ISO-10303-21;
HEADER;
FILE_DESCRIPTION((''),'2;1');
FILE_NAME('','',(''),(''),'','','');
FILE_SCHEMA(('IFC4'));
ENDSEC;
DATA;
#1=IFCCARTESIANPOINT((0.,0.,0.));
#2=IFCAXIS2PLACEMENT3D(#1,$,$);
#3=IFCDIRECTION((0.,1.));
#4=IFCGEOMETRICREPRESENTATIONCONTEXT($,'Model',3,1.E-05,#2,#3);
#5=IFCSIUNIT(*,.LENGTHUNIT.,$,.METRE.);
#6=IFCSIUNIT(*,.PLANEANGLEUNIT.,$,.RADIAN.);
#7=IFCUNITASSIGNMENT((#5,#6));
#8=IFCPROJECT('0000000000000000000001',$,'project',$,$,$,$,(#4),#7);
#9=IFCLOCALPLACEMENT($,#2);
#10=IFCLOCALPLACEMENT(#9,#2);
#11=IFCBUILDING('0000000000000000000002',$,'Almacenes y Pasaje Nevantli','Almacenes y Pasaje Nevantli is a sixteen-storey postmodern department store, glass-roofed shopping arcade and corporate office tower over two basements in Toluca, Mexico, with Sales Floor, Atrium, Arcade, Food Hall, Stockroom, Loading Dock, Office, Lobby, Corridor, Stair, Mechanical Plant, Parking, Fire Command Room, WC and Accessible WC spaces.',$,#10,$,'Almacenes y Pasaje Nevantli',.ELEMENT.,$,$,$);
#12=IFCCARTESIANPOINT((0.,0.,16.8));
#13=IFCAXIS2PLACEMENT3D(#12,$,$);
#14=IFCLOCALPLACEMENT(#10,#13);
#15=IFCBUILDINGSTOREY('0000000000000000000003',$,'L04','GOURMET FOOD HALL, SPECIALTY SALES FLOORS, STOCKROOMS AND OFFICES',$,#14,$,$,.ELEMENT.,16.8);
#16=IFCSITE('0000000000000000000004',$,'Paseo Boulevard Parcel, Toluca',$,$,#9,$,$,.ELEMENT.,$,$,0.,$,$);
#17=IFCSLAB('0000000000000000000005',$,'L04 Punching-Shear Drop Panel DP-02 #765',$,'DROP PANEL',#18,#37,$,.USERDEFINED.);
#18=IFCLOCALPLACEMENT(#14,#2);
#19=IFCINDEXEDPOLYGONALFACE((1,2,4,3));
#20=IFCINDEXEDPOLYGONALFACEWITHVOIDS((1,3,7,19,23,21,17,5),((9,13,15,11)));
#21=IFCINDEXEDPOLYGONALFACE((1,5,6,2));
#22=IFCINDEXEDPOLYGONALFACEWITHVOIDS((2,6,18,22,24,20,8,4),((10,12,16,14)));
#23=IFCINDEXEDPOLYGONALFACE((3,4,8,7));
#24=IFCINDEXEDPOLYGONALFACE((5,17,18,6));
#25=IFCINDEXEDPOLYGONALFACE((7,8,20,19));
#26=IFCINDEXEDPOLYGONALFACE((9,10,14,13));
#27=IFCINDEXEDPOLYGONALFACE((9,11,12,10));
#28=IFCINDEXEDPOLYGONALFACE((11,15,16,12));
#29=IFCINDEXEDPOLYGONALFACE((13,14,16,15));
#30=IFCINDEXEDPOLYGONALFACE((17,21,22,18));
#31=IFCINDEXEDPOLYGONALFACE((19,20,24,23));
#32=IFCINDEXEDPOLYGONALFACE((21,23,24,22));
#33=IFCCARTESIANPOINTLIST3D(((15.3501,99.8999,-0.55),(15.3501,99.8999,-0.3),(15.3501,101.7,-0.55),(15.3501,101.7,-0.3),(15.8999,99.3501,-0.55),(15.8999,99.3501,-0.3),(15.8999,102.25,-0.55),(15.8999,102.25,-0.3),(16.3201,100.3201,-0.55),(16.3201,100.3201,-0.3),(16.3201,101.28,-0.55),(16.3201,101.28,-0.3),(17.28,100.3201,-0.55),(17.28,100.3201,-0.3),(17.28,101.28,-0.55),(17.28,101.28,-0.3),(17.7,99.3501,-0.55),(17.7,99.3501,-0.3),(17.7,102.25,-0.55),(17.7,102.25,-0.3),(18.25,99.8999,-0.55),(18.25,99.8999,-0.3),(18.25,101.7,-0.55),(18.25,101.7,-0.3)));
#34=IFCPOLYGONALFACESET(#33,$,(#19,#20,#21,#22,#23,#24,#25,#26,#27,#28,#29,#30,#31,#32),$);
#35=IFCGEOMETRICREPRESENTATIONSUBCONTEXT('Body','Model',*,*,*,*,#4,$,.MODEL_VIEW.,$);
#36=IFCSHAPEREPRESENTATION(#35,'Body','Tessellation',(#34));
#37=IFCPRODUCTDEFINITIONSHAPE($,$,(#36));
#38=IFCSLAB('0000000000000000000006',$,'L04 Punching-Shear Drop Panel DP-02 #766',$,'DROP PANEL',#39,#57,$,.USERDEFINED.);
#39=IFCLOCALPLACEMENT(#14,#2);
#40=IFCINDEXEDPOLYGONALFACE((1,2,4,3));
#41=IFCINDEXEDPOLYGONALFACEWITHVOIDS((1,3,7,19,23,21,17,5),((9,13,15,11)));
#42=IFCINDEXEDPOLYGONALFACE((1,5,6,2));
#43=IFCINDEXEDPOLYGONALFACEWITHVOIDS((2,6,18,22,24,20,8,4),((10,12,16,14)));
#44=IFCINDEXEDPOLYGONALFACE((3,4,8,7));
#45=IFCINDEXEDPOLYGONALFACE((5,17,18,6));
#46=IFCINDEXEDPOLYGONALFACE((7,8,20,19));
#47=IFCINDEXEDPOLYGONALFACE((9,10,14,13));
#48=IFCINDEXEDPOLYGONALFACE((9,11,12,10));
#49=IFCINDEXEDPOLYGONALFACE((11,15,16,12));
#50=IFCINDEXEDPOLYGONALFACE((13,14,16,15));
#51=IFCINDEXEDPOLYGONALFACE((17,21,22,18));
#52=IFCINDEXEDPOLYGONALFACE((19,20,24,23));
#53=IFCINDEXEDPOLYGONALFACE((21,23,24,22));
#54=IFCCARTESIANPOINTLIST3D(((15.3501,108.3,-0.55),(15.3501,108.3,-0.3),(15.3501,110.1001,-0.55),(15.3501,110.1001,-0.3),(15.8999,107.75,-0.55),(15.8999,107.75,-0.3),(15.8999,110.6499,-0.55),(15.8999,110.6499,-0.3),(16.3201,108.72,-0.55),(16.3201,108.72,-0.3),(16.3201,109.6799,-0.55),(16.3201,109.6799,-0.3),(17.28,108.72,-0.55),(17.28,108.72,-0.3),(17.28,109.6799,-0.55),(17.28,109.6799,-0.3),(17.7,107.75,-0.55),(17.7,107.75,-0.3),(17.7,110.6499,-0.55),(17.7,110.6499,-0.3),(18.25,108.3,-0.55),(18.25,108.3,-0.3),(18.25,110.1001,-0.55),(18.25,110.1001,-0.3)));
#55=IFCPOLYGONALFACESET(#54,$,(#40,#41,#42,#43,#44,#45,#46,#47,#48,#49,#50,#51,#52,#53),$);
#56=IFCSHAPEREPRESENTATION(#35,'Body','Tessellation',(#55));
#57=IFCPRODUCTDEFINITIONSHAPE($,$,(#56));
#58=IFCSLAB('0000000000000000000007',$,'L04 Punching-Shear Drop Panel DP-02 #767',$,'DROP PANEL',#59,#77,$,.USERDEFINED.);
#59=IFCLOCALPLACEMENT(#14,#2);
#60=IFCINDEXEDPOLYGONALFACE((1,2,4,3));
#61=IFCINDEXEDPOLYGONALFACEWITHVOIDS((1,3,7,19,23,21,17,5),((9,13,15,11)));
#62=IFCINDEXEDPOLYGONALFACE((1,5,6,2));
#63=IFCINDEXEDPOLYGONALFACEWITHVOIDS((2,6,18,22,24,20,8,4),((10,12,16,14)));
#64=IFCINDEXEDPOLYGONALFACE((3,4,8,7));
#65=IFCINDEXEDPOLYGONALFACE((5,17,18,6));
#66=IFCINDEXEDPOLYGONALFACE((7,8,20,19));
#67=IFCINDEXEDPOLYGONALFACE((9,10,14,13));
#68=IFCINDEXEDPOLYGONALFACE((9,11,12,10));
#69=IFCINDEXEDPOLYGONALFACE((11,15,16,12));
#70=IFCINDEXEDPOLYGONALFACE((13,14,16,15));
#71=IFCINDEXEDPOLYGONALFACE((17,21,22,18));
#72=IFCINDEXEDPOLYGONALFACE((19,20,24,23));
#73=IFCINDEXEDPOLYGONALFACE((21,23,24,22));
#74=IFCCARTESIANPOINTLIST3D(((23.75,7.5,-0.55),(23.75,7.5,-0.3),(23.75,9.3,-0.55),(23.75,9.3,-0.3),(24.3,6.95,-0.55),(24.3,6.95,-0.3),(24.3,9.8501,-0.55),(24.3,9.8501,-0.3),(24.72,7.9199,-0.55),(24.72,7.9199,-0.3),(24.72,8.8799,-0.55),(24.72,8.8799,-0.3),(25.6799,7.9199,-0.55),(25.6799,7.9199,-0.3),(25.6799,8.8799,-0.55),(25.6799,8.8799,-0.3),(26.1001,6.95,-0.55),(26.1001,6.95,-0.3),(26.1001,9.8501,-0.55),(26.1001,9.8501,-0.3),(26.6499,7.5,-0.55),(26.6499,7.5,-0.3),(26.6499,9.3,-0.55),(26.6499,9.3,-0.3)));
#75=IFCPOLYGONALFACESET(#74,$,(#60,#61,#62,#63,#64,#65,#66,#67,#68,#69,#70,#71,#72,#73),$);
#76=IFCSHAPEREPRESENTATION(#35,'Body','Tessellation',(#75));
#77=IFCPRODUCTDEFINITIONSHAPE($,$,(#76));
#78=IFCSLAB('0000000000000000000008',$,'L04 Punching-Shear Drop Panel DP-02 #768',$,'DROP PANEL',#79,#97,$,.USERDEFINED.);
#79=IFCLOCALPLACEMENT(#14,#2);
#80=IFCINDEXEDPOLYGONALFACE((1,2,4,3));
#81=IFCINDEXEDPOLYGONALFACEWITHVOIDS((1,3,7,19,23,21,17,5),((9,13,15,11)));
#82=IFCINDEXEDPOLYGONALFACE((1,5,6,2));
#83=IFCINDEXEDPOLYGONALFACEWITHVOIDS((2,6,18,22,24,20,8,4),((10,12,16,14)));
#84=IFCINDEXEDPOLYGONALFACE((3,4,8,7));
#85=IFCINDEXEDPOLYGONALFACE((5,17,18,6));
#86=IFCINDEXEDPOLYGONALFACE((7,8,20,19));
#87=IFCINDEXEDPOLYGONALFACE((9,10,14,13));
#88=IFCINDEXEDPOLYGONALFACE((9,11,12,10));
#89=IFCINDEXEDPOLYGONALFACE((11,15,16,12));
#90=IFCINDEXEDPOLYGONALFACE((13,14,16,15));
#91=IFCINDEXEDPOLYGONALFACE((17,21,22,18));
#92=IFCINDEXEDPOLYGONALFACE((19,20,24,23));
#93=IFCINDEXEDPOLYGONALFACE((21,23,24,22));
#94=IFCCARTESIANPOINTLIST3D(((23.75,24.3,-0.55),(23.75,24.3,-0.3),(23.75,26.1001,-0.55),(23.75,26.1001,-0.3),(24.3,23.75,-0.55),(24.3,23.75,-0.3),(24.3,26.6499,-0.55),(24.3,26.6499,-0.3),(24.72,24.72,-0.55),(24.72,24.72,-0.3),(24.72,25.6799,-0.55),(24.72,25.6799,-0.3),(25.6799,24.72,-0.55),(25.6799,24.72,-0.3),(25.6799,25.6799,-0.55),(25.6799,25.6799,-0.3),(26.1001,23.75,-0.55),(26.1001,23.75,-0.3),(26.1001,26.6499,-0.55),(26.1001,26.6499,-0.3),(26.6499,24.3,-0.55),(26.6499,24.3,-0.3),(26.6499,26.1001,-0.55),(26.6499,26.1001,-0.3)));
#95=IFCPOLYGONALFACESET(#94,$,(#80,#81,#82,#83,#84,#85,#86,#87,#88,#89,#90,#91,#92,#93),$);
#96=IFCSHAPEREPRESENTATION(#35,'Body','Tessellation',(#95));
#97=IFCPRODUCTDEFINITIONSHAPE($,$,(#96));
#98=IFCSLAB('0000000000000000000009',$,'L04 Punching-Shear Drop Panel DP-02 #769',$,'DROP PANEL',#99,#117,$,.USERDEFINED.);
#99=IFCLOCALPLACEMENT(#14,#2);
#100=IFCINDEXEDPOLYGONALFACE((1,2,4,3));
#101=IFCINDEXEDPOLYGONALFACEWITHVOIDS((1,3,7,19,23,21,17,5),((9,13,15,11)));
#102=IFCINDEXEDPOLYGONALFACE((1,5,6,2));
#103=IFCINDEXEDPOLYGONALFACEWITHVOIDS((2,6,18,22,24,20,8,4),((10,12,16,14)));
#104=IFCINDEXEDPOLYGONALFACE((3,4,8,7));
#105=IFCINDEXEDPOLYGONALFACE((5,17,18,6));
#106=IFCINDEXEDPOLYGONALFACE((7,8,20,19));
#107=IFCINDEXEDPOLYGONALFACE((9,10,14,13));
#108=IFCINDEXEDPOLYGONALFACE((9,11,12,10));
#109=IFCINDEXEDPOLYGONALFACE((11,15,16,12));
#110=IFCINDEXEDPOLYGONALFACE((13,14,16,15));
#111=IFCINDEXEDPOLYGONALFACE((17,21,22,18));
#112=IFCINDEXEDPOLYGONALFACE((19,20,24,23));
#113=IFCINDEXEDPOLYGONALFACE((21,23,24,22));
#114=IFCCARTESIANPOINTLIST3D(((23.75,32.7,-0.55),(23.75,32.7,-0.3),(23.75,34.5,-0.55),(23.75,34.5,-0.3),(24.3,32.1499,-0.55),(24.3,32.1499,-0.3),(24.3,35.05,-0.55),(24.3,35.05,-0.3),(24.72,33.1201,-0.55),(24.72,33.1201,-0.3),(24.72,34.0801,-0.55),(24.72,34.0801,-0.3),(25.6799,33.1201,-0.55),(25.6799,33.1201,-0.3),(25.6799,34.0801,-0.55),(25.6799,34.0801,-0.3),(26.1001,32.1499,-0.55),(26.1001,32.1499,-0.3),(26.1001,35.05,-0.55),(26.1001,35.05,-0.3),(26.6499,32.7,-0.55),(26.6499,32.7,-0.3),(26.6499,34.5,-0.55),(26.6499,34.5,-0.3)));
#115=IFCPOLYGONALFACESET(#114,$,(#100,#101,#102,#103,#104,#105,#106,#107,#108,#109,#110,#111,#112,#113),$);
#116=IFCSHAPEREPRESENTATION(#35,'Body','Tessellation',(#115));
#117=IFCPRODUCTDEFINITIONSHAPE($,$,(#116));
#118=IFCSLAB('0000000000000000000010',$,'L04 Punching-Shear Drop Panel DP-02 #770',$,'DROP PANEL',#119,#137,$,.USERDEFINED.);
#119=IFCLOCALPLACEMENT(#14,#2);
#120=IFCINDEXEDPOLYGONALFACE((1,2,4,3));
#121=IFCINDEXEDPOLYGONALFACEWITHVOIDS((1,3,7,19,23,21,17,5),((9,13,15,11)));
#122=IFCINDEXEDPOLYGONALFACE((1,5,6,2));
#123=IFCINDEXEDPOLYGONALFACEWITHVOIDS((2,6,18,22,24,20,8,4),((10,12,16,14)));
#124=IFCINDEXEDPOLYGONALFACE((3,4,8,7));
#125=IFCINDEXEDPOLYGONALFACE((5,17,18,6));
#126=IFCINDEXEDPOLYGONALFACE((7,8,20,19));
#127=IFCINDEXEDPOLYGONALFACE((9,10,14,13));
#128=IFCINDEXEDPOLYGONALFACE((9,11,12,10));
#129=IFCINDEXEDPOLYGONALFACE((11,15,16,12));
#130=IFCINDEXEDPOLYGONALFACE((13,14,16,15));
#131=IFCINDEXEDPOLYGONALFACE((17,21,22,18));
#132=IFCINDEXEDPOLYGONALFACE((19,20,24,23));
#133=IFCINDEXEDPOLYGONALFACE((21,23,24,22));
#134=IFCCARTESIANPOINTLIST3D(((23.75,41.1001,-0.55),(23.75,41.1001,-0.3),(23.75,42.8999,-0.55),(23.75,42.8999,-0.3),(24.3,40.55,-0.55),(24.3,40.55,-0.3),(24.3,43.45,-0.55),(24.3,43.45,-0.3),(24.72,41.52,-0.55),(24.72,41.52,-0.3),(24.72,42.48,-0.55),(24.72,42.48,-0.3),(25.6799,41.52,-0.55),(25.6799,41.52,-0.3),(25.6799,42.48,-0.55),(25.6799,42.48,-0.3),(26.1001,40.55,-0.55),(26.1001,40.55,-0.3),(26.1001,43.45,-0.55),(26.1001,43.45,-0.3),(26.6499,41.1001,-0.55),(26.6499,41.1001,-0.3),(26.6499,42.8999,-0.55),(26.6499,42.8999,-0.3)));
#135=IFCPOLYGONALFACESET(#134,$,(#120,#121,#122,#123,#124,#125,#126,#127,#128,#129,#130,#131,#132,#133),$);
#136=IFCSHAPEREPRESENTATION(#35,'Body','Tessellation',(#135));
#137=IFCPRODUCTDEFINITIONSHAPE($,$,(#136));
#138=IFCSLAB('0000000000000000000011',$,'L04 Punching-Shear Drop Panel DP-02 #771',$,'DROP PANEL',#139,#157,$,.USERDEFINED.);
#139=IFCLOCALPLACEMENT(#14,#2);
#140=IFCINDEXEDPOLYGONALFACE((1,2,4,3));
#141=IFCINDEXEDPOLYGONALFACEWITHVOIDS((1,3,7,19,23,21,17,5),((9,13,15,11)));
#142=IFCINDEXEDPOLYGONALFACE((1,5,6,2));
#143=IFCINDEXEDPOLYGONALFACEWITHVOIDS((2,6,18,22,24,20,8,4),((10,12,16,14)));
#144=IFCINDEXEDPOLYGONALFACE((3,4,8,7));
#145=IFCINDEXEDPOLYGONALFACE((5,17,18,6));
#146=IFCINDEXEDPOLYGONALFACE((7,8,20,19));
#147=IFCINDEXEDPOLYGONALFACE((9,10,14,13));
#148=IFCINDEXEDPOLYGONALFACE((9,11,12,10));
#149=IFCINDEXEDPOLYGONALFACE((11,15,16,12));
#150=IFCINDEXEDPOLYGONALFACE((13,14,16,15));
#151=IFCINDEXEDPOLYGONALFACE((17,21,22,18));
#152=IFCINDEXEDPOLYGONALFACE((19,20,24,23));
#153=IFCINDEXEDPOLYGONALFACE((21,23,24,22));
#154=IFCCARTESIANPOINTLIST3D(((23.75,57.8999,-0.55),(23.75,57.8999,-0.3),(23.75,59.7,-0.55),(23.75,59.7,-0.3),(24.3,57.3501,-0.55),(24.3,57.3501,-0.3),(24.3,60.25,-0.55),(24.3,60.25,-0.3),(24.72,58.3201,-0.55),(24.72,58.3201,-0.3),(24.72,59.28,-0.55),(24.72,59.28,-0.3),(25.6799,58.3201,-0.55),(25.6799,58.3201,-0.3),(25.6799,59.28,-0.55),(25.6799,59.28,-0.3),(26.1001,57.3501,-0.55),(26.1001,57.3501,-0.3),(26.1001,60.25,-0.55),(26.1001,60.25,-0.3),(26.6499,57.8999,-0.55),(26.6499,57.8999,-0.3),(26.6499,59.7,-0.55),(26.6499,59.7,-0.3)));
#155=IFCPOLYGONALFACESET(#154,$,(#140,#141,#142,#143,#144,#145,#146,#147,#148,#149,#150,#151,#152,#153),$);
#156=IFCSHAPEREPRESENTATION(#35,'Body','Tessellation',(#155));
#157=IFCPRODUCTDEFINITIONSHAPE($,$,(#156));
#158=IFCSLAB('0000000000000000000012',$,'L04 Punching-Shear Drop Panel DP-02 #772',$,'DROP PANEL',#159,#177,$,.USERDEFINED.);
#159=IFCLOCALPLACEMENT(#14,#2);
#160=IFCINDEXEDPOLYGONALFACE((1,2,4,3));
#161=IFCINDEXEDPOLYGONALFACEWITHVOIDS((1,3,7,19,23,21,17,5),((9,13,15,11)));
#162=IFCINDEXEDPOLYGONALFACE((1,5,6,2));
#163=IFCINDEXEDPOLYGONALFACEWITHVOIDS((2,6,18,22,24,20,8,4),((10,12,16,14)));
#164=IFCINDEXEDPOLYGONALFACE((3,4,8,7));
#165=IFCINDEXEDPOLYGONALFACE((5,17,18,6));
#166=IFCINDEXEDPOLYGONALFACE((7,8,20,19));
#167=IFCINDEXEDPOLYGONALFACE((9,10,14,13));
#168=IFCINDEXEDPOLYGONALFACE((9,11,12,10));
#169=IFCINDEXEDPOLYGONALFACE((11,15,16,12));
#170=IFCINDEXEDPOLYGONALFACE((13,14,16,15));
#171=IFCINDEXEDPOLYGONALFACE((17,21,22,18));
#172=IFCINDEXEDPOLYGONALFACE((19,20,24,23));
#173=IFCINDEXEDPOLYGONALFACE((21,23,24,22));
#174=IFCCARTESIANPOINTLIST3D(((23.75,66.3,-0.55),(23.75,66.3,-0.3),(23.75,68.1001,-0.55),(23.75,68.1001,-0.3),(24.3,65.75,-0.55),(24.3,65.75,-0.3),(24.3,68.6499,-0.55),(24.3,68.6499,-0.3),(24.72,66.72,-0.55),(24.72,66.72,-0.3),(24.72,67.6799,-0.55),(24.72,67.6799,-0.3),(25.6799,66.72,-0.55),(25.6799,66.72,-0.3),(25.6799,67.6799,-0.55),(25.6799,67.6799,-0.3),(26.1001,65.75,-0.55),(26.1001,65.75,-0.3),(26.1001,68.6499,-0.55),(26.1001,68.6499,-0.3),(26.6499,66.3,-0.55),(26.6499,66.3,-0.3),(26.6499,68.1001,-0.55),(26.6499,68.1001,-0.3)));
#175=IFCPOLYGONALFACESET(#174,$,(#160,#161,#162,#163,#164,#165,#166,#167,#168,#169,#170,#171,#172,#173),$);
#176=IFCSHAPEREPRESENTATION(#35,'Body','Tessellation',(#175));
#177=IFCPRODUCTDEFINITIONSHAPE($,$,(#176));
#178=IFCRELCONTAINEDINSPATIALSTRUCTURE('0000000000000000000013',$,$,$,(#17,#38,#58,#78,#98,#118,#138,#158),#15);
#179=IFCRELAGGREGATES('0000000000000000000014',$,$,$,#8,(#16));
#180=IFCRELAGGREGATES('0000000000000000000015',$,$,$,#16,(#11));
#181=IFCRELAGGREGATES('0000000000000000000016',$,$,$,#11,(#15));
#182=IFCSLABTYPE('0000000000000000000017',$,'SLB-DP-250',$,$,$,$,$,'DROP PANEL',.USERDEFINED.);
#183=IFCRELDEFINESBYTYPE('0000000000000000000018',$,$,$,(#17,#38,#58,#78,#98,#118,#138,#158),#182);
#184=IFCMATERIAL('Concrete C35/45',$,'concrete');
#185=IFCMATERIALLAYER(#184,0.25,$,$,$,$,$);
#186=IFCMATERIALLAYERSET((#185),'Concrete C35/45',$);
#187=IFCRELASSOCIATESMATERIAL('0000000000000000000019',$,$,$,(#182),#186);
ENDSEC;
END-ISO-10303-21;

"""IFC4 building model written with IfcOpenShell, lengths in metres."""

from ifc_helpers import new_model, si_unit, direction, frame, origin, place, context, subcontext, project, spatial, polyline, outline, extrude, material, layer, layer_set, type_object, element, save


model = new_model("IFC4")

# Units and contexts
model_context = context("Model", 3, precision=1e-05, world=origin(), true_north=direction((0.0, 1.0)))
body_context = subcontext(model_context, "Body", "Model", "MODEL_VIEW")
ifc_project = project(units=[si_unit("LENGTHUNIT", "METRE"), si_unit("PLANEANGLEUNIT", "RADIAN")], contexts=[model_context])

# Site, building, storey
site_placement = place(None, origin())
site = spatial("IfcSite", under=ifc_project, at=site_placement, Name="Paseo Boulevard Parcel, Toluca", CompositionType="ELEMENT", RefElevation=0.0)
building_placement = place(site_placement, origin())
building = spatial("IfcBuilding", under=site, at=building_placement, Name="Almacenes y Pasaje Nevantli", Description="Almacenes y Pasaje Nevantli is a sixteen-storey postmodern department store, glass-roofed shopping arcade and corporate office tower over two basements in Toluca, Mexico, with Sales Floor, Atrium, Arcade, Food Hall, Stockroom, Loading Dock, Office, Lobby, Corridor, Stair, Mechanical Plant, Parking, Fire Command Room, WC and Accessible WC spaces.", LongName="Almacenes y Pasaje Nevantli", CompositionType="ELEMENT")
storey_placement = place(building_placement, frame((0.0, 0.0, 16.8)))
storey = spatial("IfcBuildingStorey", under=building, at=storey_placement, Name="L04", Description="GOURMET FOOD HALL, SPECIALTY SALES FLOORS, STOCKROOMS AND OFFICES", CompositionType="ELEMENT", Elevation=16.8)

# Slabs
ifc_material = material(Name="Concrete C35/45", Category="concrete")
ifc_layer = layer(ifc_material, 0.25)
ifc_layer_set = layer_set([ifc_layer], Name="Concrete C35/45")
slab_type = type_object("IfcSlabType", Name="SLB-DP-250", ElementType="DROP PANEL", PredefinedType="USERDEFINED", material=ifc_layer_set)
slab_1_placement = place(storey_placement, frame((0.0, 0.0, -0.55)))
element("IfcSlab", 1, at=slab_1_placement, inside=storey, type_object=slab_type, Name="L04 Punching-Shear Drop Panel DP-02 #765", ObjectType="DROP PANEL", PredefinedType="USERDEFINED", context=body_context, shape_type="SweptSolid", body=[
    extrude(outline(polyline([(15.8999, 99.3501), (17.7, 99.3501), (18.25, 99.8999), (18.25, 101.7), (17.7, 102.25), (15.8999, 102.25), (15.3501, 101.7), (15.3501, 99.8999), (15.8999, 99.3501)]), holes=[polyline([(16.3201, 100.3201), (17.28, 100.3201), (17.28, 101.28), (16.3201, 101.28), (16.3201, 100.3201)])]), origin(), (0.0, 0.0, 1.0), 0.25),
])
slab_2_placement = place(storey_placement, frame((0.0, 0.0, -0.55)))
element("IfcSlab", 2, at=slab_2_placement, inside=storey, type_object=slab_type, Name="L04 Punching-Shear Drop Panel DP-02 #766", ObjectType="DROP PANEL", PredefinedType="USERDEFINED", context=body_context, shape_type="SweptSolid", body=[
    extrude(outline(polyline([(15.8999, 107.75), (17.7, 107.75), (18.25, 108.3), (18.25, 110.1001), (17.7, 110.6499), (15.8999, 110.6499), (15.3501, 110.1001), (15.3501, 108.3), (15.8999, 107.75)]), holes=[polyline([(16.3201, 108.72), (17.28, 108.72), (17.28, 109.6799), (16.3201, 109.6799), (16.3201, 108.72)])]), origin(), (0.0, 0.0, 1.0), 0.25),
])
slab_3_placement = place(storey_placement, frame((0.0, 0.0, -0.55)))
element("IfcSlab", 3, at=slab_3_placement, inside=storey, type_object=slab_type, Name="L04 Punching-Shear Drop Panel DP-02 #767", ObjectType="DROP PANEL", PredefinedType="USERDEFINED", context=body_context, shape_type="SweptSolid", body=[
    extrude(outline(polyline([(24.3, 6.95), (26.1001, 6.95), (26.6499, 7.5), (26.6499, 9.3), (26.1001, 9.8501), (24.3, 9.8501), (23.75, 9.3), (23.75, 7.5), (24.3, 6.95)]), holes=[polyline([(24.72, 7.9199), (25.6799, 7.9199), (25.6799, 8.8799), (24.72, 8.8799), (24.72, 7.9199)])]), origin(), (0.0, 0.0, 1.0), 0.25),
])
slab_4_placement = place(storey_placement, frame((0.0, 0.0, -0.55)))
element("IfcSlab", 4, at=slab_4_placement, inside=storey, type_object=slab_type, Name="L04 Punching-Shear Drop Panel DP-02 #768", ObjectType="DROP PANEL", PredefinedType="USERDEFINED", context=body_context, shape_type="SweptSolid", body=[
    extrude(outline(polyline([(24.3, 23.75), (26.1001, 23.75), (26.6499, 24.3), (26.6499, 26.1001), (26.1001, 26.6499), (24.3, 26.6499), (23.75, 26.1001), (23.75, 24.3), (24.3, 23.75)]), holes=[polyline([(24.72, 24.72), (25.6799, 24.72), (25.6799, 25.6799), (24.72, 25.6799), (24.72, 24.72)])]), origin(), (0.0, 0.0, 1.0), 0.25),
])
slab_5_placement = place(storey_placement, frame((0.0, 0.0, -0.55)))
element("IfcSlab", 5, at=slab_5_placement, inside=storey, type_object=slab_type, Name="L04 Punching-Shear Drop Panel DP-02 #769", ObjectType="DROP PANEL", PredefinedType="USERDEFINED", context=body_context, shape_type="SweptSolid", body=[
    extrude(outline(polyline([(24.3, 32.1499), (26.1001, 32.1499), (26.6499, 32.7), (26.6499, 34.5), (26.1001, 35.05), (24.3, 35.05), (23.75, 34.5), (23.75, 32.7), (24.3, 32.1499)]), holes=[polyline([(24.72, 33.1201), (25.6799, 33.1201), (25.6799, 34.0801), (24.72, 34.0801), (24.72, 33.1201)])]), origin(), (0.0, 0.0, 1.0), 0.25),
])
slab_6_placement = place(storey_placement, frame((0.0, 0.0, -0.55)))
element("IfcSlab", 6, at=slab_6_placement, inside=storey, type_object=slab_type, Name="L04 Punching-Shear Drop Panel DP-02 #770", ObjectType="DROP PANEL", PredefinedType="USERDEFINED", context=body_context, shape_type="SweptSolid", body=[
    extrude(outline(polyline([(24.3, 40.55), (26.1001, 40.55), (26.6499, 41.1001), (26.6499, 42.8999), (26.1001, 43.45), (24.3, 43.45), (23.75, 42.8999), (23.75, 41.1001), (24.3, 40.55)]), holes=[polyline([(24.72, 41.52), (25.6799, 41.52), (25.6799, 42.48), (24.72, 42.48), (24.72, 41.52)])]), origin(), (0.0, 0.0, 1.0), 0.25),
])
slab_7_placement = place(storey_placement, frame((0.0, 0.0, -0.55)))
element("IfcSlab", 7, at=slab_7_placement, inside=storey, type_object=slab_type, Name="L04 Punching-Shear Drop Panel DP-02 #771", ObjectType="DROP PANEL", PredefinedType="USERDEFINED", context=body_context, shape_type="SweptSolid", body=[
    extrude(outline(polyline([(24.3, 57.3501), (26.1001, 57.3501), (26.6499, 57.8999), (26.6499, 59.7), (26.1001, 60.25), (24.3, 60.25), (23.75, 59.7), (23.75, 57.8999), (24.3, 57.3501)]), holes=[polyline([(24.72, 58.3201), (25.6799, 58.3201), (25.6799, 59.28), (24.72, 59.28), (24.72, 58.3201)])]), origin(), (0.0, 0.0, 1.0), 0.25),
])
slab_8_placement = place(storey_placement, frame((0.0, 0.0, -0.55)))
element("IfcSlab", 8, at=slab_8_placement, inside=storey, type_object=slab_type, Name="L04 Punching-Shear Drop Panel DP-02 #772", ObjectType="DROP PANEL", PredefinedType="USERDEFINED", context=body_context, shape_type="SweptSolid", body=[
    extrude(outline(polyline([(24.3, 65.75), (26.1001, 65.75), (26.6499, 66.3), (26.6499, 68.1001), (26.1001, 68.6499), (24.3, 68.6499), (23.75, 68.1001), (23.75, 66.3), (24.3, 65.75)]), holes=[polyline([(24.72, 66.72), (25.6799, 66.72), (25.6799, 67.6799), (24.72, 67.6799), (24.72, 66.72)])]), origin(), (0.0, 0.0, 1.0), 0.25),
])

save(model, "model.ifc")
